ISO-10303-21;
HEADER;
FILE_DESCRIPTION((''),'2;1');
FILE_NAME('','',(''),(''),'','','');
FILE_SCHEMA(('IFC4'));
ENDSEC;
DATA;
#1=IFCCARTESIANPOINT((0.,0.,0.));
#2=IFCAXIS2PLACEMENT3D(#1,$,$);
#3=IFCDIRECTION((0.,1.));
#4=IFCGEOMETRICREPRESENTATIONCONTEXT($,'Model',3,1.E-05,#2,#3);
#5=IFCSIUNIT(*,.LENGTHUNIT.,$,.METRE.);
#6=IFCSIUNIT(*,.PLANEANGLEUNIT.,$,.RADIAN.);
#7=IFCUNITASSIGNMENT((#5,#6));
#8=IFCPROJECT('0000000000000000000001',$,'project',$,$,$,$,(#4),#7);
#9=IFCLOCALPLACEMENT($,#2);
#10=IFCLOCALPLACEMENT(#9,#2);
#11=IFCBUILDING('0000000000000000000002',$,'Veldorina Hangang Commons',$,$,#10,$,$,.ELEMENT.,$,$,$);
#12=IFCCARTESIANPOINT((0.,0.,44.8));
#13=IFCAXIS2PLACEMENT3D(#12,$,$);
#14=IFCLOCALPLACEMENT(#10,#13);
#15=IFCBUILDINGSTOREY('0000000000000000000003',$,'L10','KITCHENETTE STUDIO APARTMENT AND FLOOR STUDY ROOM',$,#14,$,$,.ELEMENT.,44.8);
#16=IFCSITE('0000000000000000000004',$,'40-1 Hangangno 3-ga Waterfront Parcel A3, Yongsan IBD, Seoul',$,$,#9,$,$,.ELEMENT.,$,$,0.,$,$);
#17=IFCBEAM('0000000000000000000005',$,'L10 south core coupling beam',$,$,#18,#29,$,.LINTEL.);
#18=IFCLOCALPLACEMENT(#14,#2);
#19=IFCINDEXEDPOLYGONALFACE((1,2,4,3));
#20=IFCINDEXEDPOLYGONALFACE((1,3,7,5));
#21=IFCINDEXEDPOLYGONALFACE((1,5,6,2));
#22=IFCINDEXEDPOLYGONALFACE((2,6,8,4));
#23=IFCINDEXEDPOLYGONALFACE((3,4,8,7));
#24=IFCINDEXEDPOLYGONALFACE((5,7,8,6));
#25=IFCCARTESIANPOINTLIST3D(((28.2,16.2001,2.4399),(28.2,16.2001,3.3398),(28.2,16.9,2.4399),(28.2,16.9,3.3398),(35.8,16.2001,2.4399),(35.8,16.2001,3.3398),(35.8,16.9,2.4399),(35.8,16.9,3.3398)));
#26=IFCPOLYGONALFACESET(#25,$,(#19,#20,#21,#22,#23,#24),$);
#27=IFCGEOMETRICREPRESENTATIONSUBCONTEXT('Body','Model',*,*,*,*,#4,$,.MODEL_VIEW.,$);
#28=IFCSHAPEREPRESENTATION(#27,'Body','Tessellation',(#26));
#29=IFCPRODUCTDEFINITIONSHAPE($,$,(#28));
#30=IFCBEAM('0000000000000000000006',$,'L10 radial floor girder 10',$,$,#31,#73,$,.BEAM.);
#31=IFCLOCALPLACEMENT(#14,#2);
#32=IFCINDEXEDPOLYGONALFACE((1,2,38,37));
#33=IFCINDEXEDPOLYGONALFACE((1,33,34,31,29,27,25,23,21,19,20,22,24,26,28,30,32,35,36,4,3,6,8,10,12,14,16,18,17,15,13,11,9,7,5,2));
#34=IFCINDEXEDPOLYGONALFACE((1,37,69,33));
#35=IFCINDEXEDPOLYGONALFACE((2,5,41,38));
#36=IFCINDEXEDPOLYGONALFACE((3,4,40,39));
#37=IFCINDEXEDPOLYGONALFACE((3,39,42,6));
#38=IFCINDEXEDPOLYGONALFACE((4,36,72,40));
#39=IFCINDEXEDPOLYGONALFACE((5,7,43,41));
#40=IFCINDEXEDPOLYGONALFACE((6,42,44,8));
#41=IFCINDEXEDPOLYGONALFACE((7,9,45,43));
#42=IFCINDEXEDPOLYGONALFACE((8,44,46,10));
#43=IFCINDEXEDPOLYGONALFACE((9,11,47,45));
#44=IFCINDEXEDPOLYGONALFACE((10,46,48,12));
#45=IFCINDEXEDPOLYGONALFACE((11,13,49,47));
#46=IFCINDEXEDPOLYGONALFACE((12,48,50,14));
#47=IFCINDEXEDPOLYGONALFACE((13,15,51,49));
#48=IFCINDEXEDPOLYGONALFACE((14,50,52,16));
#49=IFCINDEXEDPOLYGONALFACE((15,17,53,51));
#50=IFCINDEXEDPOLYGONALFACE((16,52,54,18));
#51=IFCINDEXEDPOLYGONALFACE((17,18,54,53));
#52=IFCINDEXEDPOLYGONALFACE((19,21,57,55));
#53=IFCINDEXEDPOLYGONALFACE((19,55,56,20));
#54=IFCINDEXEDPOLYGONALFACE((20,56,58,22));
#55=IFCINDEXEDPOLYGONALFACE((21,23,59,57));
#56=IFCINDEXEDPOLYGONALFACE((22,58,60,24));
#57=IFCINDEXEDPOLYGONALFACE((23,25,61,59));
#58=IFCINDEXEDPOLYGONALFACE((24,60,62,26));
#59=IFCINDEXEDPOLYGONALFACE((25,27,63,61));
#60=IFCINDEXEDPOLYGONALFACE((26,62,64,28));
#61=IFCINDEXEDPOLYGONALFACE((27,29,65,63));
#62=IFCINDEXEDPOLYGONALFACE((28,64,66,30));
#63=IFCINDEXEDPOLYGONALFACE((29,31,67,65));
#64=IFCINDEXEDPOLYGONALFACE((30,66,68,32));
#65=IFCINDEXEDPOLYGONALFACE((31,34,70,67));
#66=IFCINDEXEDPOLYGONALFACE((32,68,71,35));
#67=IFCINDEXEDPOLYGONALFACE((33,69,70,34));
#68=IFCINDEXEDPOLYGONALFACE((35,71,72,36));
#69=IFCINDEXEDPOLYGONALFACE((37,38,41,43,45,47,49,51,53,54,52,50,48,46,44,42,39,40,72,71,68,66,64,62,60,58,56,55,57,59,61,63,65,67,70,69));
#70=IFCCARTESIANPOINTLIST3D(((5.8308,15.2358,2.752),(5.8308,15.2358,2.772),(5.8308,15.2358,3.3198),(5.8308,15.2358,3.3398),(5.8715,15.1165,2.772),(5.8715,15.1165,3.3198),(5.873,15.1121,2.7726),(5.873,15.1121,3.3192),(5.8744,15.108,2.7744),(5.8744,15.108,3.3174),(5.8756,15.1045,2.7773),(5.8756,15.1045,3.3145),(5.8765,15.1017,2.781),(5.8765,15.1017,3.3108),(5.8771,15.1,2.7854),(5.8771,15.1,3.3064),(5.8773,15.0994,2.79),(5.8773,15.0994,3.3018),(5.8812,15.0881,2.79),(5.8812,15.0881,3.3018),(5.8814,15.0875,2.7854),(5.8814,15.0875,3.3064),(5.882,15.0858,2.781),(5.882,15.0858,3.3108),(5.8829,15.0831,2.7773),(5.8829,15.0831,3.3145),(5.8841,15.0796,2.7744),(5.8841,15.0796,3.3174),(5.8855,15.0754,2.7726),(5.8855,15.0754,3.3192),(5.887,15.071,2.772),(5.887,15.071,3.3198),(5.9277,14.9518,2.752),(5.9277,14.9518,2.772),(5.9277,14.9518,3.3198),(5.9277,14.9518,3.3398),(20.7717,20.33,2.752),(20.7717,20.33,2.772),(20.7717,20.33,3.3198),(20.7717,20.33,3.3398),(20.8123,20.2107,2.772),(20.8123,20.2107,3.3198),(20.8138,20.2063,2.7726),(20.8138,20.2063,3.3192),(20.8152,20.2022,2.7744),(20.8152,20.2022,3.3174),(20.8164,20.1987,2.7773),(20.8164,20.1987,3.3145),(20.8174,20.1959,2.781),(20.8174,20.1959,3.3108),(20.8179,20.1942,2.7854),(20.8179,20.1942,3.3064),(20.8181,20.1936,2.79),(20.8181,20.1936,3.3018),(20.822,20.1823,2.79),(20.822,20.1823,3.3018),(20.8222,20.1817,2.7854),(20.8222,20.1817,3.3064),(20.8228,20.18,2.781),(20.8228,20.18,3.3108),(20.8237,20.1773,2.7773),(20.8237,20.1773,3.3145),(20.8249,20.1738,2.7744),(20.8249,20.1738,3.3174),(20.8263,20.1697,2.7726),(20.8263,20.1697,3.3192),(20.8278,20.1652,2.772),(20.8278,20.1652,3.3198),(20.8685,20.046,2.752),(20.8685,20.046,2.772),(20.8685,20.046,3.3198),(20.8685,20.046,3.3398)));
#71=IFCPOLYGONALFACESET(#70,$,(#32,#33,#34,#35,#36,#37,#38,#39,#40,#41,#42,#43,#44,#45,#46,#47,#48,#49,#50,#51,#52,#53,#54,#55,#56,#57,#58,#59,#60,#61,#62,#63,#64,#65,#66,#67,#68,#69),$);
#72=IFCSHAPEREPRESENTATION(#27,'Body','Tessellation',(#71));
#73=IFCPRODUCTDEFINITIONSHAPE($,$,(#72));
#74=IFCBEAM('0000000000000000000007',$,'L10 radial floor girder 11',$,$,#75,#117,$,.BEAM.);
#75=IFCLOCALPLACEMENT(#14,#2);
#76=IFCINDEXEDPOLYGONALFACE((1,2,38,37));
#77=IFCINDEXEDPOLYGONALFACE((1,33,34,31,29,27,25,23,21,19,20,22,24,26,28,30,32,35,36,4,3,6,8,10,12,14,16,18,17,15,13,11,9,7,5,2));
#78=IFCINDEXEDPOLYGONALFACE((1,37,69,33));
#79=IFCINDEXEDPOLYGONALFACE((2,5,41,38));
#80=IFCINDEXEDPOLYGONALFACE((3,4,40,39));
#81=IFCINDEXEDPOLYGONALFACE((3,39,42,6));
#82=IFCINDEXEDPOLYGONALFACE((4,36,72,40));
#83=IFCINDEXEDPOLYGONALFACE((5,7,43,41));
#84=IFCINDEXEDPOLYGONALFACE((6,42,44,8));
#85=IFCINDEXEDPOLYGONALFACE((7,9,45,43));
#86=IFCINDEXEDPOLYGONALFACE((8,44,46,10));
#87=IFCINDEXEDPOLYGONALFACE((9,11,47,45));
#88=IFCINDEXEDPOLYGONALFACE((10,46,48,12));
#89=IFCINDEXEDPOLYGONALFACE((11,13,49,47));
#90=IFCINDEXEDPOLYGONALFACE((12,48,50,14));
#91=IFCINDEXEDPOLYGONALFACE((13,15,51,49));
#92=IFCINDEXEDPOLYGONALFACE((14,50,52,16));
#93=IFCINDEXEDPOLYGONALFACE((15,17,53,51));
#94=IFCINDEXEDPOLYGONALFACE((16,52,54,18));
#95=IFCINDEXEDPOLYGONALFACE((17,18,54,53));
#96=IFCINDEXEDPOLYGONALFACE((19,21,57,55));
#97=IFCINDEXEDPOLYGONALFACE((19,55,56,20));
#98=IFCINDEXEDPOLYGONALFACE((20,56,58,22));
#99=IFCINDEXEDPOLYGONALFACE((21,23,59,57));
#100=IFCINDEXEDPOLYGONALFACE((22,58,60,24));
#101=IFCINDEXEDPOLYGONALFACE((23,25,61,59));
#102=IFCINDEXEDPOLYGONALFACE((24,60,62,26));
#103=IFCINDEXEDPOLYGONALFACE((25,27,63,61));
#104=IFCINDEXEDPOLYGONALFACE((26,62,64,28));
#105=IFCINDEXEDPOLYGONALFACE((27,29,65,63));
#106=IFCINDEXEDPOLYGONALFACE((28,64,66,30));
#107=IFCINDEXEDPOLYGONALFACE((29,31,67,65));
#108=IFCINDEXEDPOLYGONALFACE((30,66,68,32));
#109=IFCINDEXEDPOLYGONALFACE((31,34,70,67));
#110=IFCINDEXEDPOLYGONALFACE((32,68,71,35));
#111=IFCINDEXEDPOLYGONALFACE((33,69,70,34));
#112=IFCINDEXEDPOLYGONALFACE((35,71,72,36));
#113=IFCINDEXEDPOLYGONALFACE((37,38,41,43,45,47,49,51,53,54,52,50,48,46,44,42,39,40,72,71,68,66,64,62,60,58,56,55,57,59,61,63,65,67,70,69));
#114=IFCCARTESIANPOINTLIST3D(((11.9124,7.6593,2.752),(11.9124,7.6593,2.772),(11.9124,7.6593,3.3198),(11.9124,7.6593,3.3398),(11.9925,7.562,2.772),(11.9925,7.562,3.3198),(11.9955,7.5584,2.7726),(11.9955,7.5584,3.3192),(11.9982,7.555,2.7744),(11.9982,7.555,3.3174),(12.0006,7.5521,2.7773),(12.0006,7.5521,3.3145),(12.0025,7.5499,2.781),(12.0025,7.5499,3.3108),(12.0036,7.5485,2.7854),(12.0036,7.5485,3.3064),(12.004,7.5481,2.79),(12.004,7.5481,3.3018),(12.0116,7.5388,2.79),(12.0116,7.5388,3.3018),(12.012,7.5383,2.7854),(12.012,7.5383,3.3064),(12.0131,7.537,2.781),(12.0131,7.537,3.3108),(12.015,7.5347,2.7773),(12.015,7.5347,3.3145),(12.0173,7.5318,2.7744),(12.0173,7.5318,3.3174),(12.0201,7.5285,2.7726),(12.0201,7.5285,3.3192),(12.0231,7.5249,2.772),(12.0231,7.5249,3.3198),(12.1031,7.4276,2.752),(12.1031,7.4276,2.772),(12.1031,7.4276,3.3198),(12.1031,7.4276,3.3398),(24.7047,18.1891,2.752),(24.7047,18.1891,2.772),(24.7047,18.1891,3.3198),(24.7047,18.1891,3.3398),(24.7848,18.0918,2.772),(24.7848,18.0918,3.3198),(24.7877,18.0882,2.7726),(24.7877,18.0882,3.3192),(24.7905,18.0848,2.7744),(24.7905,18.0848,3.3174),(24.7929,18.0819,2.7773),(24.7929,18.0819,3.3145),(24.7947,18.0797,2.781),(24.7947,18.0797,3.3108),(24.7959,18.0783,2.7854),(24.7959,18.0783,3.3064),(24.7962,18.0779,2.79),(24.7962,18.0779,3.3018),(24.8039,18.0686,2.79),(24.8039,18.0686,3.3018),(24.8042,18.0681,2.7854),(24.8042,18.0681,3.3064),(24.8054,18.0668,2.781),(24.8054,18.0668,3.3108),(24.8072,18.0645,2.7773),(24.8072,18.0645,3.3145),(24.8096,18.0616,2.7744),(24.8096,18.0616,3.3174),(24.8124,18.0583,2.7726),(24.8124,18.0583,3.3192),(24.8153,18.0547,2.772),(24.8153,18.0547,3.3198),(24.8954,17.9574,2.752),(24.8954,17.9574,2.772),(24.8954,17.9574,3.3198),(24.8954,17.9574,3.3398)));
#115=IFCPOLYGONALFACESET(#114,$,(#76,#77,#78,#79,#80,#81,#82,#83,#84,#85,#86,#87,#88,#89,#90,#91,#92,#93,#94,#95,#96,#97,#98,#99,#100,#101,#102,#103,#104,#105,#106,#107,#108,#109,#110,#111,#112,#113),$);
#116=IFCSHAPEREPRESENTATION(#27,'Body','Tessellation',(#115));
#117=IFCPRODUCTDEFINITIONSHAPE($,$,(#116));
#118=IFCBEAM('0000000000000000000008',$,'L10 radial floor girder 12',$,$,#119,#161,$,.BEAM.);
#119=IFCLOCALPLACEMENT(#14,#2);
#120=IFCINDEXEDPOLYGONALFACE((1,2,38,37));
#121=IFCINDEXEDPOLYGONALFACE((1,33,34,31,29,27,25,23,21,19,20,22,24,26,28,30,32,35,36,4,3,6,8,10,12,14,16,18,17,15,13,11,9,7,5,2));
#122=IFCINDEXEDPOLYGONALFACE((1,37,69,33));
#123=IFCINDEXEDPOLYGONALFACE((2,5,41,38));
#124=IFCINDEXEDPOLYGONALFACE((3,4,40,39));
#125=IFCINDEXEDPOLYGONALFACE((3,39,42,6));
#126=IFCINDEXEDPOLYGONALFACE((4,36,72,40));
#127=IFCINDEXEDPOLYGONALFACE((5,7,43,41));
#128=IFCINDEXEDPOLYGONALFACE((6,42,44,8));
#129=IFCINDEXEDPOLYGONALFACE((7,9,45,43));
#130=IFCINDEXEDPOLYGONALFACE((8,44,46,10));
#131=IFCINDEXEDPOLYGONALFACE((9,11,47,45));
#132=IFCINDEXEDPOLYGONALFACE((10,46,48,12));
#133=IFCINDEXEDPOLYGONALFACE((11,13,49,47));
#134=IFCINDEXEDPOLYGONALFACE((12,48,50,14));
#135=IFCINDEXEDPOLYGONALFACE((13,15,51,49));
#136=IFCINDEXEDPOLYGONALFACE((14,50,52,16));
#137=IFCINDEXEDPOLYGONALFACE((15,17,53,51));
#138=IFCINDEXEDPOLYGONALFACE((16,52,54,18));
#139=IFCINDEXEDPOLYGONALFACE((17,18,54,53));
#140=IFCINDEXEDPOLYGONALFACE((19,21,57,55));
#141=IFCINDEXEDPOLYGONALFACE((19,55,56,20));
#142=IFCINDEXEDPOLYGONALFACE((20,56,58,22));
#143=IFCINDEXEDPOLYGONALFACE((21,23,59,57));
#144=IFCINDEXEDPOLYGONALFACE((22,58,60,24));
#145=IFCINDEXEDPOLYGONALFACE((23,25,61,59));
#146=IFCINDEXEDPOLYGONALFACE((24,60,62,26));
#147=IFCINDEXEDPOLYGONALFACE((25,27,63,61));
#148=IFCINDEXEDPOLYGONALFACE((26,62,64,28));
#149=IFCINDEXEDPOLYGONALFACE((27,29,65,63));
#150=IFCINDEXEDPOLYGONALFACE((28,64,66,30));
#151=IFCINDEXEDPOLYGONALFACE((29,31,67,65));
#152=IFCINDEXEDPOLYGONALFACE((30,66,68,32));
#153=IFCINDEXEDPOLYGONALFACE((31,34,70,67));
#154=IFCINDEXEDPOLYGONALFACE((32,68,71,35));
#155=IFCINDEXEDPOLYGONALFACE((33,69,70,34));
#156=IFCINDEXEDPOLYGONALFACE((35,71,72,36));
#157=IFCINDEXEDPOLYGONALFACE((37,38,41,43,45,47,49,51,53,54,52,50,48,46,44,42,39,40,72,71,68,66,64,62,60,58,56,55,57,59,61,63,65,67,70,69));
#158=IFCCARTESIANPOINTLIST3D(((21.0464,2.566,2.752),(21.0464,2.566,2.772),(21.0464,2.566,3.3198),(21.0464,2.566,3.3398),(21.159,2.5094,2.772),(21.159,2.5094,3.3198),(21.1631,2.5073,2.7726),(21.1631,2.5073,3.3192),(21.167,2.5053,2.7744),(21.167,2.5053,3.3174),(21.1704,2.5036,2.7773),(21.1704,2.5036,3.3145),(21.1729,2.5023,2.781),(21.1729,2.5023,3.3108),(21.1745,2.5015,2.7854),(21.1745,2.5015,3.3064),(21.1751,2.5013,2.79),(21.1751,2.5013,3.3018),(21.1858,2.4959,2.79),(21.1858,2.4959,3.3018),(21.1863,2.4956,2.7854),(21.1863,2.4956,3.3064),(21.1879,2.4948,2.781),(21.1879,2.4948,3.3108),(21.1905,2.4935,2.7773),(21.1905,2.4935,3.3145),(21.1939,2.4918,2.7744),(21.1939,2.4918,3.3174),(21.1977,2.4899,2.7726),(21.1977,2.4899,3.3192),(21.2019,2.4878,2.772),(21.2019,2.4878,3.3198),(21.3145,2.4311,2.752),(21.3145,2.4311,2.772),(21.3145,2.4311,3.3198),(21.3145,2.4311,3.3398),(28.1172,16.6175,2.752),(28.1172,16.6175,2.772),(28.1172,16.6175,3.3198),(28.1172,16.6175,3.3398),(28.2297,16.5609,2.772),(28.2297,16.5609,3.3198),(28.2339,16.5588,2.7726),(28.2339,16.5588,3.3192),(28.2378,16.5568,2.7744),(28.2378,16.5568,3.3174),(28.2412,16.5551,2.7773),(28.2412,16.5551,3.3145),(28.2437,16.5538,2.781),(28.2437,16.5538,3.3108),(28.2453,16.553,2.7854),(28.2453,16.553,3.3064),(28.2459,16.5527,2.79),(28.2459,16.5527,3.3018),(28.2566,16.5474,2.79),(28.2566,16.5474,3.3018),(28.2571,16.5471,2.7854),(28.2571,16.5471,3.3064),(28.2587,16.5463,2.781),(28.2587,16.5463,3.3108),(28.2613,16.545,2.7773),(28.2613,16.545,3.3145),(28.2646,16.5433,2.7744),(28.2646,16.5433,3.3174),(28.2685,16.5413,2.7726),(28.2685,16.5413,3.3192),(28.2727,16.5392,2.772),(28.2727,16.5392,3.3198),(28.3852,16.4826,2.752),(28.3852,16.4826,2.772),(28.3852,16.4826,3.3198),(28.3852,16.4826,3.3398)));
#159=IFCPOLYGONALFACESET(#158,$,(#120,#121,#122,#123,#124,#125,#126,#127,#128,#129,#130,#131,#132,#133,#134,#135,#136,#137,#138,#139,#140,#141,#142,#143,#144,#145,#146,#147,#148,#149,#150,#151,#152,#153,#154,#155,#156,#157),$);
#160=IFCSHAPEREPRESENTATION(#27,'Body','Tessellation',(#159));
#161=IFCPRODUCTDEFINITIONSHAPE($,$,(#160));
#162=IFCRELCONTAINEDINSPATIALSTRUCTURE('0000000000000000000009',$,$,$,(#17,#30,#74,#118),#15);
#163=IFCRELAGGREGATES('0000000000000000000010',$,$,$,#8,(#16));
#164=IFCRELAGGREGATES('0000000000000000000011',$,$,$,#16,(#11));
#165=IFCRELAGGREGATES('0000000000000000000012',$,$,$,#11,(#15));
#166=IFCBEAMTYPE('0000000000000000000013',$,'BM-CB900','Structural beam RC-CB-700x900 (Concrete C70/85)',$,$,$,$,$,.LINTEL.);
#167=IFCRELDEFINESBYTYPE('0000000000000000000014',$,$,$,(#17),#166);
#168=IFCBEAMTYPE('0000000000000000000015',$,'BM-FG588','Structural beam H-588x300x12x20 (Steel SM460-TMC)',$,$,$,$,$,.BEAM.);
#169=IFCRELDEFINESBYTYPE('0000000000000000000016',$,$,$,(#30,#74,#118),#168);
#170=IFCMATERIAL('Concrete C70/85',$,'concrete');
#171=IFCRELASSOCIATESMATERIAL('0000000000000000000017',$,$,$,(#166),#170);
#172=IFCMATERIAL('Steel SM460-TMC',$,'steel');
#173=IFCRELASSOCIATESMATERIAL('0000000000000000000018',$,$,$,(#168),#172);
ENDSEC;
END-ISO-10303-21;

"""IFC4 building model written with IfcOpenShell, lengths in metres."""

from ifc_helpers import new_model, si_unit, direction, frame, origin, origin_2d, place, context, subcontext, project, spatial, rectangle, i_section, extrude, material, material_profile, profile_set, type_object, element, save


model = new_model("IFC4")

# Units and contexts
model_context = context("Model", 3, precision=1e-05, world=origin(), true_north=direction((0.0, 1.0)))
body_context = subcontext(model_context, "Body", "Model", "MODEL_VIEW")
ifc_project = project(units=[si_unit("LENGTHUNIT", "METRE"), si_unit("PLANEANGLEUNIT", "RADIAN")], contexts=[model_context])

# Site, building, storey
site_placement = place(None, origin())
site = spatial("IfcSite", under=ifc_project, at=site_placement, Name="40-1 Hangangno 3-ga Waterfront Parcel A3, Yongsan IBD, Seoul", CompositionType="ELEMENT", RefElevation=0.0)
building_placement = place(site_placement, origin())
building = spatial("IfcBuilding", under=site, at=building_placement, Name="Veldorina Hangang Commons", CompositionType="ELEMENT")
storey_placement = place(building_placement, frame((0.0, 0.0, 44.8)))
storey = spatial("IfcBuildingStorey", under=building, at=storey_placement, Name="L10", Description="KITCHENETTE STUDIO APARTMENT AND FLOOR STUDY ROOM", CompositionType="ELEMENT", Elevation=44.8)

# Beams
ifc_material_1 = material(Name="Concrete C70/85", Category="concrete")
ifc_material_profile_1 = material_profile(ifc_material_1, rectangle(XDim=0.7, YDim=0.8999, at=origin_2d()), Name="RC-CB-700x900")
ifc_profile_set_1 = profile_set([ifc_material_profile_1], Name="Concrete C70/85")
beam_type_1 = type_object("IfcBeamType", Name="BM-CB900", Description="Structural beam RC-CB-700x900 (Concrete C70/85)", PredefinedType="LINTEL", material=ifc_profile_set_1)
beam_1_placement = place(storey_placement, frame((28.2, 16.55, 2.8899), z_axis=(1.0, 0.0, 0.0), x_axis=(0.0, 1.0, 0.0)))
element("IfcBeam", 1, at=beam_1_placement, inside=storey, type_object=beam_type_1, Name="L10 south core coupling beam", PredefinedType="LINTEL", context=body_context, shape_type="SweptSolid", body=[
    extrude(rectangle(XDim=0.7, YDim=0.8999, at=origin_2d()), origin(), (0.0, 0.0, 1.0), 7.6001),
])
ifc_material_2 = material(Name="Steel SM460-TMC", Category="steel")
ifc_material_profile_2 = material_profile(ifc_material_2, i_section(OverallWidth=0.3, OverallDepth=0.5879, WebThickness=0.012, FlangeThickness=0.02, FilletRadius=0.0181, at=origin_2d()), Name="H-588x300x12x20")
ifc_profile_set_2 = profile_set([ifc_material_profile_2], Name="Steel SM460-TMC")
beam_type_2 = type_object("IfcBeamType", Name="BM-FG588", Description="Structural beam H-588x300x12x20 (Steel SM460-TMC)", PredefinedType="BEAM", material=ifc_profile_set_2)
beam_2_placement = place(storey_placement, frame((20.8201, 20.188, 3.0459), z_axis=(-0.946496, -0.322716, 0.0), x_axis=(0.322716, -0.946496, 0.0)))
element("IfcBeam", 2, at=beam_2_placement, inside=storey, type_object=beam_type_2, Name="L10 radial floor girder 10", PredefinedType="BEAM", context=body_context, shape_type="SweptSolid", body=[
    extrude(i_section(OverallWidth=0.3, OverallDepth=0.5879, WebThickness=0.012, FlangeThickness=0.02, FilletRadius=0.0181, at=origin_2d()), origin(), (0.0, 0.0, 1.0), 15.7854),
])
beam_3_placement = place(storey_placement, frame((24.8, 18.0732, 3.0459), z_axis=(-0.772078, -0.635527, 0.0), x_axis=(0.635527, -0.772078, 0.0)))
element("IfcBeam", 3, at=beam_3_placement, inside=storey, type_object=beam_type_2, Name="L10 radial floor girder 11", PredefinedType="BEAM", context=body_context, shape_type="SweptSolid", body=[
    extrude(i_section(OverallWidth=0.3, OverallDepth=0.5879, WebThickness=0.012, FlangeThickness=0.02, FilletRadius=0.0181, at=origin_2d()), origin(), (0.0, 0.0, 1.0), 16.5686),
])
beam_4_placement = place(storey_placement, frame((28.2512, 16.55, 3.0459), z_axis=(-0.449503, -0.893279, 0.0), x_axis=(0.893279, -0.449503, 0.0)))
element("IfcBeam", 4, at=beam_4_placement, inside=storey, type_object=beam_type_2, Name="L10 radial floor girder 12", PredefinedType="BEAM", context=body_context, shape_type="SweptSolid", body=[
    extrude(i_section(OverallWidth=0.3, OverallDepth=0.5879, WebThickness=0.012, FlangeThickness=0.02, FilletRadius=0.0181, at=origin_2d()), origin(), (0.0, 0.0, 1.0), 15.7302),
])

save(model, "model.ifc")
